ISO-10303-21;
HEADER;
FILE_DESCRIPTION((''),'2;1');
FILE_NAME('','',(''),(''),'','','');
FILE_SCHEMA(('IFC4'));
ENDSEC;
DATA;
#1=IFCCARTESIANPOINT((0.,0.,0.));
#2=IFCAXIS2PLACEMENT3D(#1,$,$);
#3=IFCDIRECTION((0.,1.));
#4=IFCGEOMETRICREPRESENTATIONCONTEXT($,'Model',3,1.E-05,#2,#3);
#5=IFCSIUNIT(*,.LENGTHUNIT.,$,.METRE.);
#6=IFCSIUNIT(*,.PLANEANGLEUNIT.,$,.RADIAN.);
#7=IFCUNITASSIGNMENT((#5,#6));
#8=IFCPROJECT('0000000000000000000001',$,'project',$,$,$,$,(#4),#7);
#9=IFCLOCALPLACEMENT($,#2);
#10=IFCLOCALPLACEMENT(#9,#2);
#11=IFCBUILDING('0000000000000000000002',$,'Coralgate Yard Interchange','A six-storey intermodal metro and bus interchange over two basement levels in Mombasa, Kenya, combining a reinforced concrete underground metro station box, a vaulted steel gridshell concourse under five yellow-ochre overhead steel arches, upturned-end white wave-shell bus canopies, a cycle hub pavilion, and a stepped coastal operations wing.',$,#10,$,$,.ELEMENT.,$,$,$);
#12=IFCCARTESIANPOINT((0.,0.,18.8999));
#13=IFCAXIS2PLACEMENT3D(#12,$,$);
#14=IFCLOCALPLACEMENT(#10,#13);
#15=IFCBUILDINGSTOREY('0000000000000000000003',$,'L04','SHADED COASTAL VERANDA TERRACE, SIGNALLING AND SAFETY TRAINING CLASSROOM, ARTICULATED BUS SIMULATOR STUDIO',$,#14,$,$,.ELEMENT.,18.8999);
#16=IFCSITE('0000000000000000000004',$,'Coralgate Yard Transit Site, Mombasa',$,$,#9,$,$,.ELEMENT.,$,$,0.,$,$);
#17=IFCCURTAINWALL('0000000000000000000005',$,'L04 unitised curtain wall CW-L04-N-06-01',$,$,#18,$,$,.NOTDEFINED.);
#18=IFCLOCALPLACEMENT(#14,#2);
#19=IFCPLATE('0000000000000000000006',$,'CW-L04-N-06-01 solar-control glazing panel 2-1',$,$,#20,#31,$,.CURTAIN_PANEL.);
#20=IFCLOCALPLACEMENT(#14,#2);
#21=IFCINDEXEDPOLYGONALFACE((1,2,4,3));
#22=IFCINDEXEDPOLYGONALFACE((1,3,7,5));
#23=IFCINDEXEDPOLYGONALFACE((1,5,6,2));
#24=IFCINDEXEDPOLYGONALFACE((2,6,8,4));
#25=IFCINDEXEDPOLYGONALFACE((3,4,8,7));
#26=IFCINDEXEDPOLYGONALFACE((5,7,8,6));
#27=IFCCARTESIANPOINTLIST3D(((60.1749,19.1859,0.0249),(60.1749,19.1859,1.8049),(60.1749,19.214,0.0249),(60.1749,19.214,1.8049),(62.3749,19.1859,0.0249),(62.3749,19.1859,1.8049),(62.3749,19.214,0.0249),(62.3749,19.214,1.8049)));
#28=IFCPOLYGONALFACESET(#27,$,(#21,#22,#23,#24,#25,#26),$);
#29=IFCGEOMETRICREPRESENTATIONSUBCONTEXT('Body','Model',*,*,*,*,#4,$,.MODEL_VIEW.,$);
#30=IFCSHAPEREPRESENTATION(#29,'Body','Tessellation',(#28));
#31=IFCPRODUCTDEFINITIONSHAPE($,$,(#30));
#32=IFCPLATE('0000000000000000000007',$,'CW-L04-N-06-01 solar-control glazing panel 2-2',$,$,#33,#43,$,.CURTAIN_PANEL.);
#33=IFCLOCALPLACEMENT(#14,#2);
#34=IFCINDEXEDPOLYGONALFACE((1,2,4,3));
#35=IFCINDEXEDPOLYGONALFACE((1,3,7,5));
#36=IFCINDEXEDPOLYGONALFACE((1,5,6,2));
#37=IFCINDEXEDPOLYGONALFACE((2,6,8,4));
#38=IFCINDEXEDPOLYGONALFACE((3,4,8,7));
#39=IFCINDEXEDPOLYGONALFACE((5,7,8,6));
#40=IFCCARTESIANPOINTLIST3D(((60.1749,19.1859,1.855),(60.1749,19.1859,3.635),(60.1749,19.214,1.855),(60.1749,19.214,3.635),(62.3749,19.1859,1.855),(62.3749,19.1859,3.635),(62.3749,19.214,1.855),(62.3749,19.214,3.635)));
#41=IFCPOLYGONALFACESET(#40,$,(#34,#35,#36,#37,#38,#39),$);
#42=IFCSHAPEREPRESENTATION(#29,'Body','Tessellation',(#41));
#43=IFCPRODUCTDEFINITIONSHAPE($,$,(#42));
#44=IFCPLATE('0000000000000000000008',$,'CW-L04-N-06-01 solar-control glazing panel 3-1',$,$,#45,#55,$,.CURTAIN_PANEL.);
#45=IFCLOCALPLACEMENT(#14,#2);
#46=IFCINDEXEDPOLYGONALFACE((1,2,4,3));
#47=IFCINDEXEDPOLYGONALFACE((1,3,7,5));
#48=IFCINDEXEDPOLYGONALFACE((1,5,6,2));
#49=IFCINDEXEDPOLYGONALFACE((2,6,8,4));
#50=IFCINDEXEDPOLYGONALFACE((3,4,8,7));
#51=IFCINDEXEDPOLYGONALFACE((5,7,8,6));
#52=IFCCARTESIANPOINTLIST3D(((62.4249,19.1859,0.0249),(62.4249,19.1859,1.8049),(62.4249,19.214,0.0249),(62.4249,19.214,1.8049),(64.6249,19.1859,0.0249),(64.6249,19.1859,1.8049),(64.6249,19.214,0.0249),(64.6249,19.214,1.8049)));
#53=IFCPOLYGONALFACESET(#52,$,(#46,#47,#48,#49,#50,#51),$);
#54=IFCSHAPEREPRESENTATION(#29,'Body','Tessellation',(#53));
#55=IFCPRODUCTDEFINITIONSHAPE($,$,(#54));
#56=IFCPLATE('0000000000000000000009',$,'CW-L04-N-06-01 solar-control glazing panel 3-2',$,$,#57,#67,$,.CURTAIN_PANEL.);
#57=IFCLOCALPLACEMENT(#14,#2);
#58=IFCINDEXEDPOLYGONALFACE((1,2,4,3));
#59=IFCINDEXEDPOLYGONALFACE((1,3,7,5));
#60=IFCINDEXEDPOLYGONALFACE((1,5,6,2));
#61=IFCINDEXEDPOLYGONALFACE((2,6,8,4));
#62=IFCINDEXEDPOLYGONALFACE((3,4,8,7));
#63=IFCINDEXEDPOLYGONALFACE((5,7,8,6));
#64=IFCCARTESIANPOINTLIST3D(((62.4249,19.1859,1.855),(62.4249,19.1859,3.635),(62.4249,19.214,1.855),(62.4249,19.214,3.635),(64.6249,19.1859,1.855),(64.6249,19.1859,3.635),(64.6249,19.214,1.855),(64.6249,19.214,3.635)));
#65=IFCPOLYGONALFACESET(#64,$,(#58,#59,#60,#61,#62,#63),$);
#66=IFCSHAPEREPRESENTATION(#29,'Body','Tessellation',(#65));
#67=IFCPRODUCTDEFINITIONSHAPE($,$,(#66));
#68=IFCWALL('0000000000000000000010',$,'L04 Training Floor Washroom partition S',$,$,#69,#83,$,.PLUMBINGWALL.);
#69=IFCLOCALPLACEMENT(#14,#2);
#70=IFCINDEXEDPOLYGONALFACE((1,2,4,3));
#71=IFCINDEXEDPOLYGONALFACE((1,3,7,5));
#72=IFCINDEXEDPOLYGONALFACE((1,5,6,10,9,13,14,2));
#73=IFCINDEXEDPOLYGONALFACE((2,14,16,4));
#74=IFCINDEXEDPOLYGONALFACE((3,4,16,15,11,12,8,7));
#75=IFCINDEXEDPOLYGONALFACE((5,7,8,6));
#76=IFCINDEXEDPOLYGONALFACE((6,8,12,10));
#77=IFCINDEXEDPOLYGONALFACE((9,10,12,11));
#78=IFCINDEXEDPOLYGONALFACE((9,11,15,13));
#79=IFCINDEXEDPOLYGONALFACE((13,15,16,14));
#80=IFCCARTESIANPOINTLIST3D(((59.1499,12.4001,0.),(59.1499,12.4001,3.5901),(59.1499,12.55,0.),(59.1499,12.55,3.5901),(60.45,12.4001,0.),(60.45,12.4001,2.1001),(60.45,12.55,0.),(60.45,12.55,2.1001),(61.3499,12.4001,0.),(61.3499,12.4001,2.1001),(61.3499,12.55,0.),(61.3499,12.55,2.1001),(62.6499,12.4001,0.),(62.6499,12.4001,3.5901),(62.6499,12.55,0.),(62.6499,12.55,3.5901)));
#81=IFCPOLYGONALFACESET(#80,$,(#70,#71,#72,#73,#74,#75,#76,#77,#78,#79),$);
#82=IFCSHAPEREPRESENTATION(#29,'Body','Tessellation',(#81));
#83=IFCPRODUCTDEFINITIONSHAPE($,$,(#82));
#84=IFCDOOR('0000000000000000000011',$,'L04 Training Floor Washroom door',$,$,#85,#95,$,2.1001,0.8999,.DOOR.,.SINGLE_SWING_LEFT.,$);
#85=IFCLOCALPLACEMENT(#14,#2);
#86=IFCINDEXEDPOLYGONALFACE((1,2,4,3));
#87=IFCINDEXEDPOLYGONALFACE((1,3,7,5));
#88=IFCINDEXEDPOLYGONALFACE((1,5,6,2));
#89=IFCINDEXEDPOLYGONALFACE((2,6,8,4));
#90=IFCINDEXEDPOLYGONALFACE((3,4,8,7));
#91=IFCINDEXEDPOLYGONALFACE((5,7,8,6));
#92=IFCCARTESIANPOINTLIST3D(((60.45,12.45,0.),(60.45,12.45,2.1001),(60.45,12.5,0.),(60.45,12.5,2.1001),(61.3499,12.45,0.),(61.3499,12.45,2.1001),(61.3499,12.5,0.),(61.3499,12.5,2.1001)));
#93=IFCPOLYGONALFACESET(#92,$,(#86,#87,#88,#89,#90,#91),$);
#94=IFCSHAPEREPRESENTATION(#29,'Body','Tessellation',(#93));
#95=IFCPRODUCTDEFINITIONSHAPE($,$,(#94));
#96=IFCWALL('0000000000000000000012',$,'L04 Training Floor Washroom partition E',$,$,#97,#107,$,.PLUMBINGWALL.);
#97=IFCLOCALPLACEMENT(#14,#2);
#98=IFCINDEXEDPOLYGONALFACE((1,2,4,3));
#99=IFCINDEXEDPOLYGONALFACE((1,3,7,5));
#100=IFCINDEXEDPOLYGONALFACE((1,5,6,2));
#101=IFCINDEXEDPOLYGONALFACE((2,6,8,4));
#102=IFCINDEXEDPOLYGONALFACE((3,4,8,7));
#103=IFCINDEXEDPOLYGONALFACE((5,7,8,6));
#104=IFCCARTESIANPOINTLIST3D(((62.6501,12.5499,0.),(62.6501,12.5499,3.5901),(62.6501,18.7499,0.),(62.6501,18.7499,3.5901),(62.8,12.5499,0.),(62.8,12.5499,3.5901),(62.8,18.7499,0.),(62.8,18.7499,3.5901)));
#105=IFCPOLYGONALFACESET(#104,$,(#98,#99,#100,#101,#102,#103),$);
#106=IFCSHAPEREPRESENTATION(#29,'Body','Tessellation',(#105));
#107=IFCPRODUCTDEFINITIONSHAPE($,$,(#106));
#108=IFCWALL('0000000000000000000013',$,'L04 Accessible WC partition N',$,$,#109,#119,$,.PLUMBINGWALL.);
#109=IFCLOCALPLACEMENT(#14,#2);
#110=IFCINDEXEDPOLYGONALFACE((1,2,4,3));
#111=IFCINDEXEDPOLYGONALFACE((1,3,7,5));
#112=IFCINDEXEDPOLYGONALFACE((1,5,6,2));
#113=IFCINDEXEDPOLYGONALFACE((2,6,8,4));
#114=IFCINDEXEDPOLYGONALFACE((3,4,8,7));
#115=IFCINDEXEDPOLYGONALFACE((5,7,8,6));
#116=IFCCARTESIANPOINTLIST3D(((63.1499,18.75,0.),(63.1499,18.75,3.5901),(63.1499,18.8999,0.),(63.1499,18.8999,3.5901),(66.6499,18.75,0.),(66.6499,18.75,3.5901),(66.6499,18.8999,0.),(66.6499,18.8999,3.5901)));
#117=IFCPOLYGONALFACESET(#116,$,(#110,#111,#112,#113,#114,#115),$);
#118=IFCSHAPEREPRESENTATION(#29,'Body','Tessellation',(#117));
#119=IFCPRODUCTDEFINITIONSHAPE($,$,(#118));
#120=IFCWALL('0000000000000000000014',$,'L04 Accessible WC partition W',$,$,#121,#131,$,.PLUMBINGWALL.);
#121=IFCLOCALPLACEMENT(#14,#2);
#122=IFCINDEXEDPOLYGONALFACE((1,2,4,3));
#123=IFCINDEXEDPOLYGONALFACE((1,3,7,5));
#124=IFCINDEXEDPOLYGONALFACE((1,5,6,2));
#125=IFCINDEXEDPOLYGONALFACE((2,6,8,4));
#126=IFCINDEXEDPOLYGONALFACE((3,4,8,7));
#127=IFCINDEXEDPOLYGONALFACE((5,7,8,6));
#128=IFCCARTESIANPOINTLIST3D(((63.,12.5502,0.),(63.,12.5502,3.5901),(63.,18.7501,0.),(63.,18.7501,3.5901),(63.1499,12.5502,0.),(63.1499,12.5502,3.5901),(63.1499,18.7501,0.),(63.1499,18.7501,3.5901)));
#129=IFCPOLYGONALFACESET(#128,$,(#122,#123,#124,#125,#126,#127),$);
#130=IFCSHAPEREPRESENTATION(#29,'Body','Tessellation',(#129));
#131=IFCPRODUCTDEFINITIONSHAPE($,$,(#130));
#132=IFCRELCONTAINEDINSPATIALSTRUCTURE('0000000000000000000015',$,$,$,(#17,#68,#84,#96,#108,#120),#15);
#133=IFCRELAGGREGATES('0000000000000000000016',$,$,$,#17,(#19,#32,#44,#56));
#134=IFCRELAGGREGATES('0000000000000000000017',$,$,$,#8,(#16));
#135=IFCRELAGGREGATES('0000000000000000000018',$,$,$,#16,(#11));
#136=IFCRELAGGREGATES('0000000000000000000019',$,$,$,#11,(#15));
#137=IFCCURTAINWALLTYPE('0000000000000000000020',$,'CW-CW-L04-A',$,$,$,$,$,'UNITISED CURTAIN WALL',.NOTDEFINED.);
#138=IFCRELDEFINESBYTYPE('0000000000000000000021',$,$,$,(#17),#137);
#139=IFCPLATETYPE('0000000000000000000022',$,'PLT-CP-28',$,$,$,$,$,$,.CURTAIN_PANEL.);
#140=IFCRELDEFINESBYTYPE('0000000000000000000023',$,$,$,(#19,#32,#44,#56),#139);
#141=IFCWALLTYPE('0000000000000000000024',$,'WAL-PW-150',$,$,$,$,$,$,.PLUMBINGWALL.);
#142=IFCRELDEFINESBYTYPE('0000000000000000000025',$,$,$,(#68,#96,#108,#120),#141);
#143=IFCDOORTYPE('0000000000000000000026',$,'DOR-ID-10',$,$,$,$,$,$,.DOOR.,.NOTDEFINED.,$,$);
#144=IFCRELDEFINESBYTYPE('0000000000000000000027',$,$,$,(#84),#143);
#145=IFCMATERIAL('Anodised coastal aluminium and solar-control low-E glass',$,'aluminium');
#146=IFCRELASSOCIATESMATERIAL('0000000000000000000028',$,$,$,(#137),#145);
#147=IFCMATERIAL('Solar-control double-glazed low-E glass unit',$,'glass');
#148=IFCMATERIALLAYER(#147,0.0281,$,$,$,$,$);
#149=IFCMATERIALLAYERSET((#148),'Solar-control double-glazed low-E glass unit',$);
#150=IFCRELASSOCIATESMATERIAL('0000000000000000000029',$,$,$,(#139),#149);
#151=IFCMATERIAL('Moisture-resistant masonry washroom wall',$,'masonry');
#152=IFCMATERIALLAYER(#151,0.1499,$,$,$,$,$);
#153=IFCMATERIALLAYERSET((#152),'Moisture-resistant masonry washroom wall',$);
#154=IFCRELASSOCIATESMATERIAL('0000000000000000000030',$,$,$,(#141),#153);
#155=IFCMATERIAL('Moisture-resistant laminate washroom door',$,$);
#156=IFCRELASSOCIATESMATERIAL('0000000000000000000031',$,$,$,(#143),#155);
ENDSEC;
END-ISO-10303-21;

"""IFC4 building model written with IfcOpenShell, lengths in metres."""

from ifc_helpers import new_model, si_unit, direction, frame, frame_2d, origin, origin_2d, place, context, subcontext, project, spatial, rectangle, extrude, material, layer, layer_set, type_object, element, fill, aggregate, save


model = new_model("IFC4")

# Units and contexts
model_context = context("Model", 3, precision=1e-05, world=origin(), true_north=direction((0.0, 1.0)))
body_context = subcontext(model_context, "Body", "Model", "MODEL_VIEW")
ifc_project = project(units=[si_unit("LENGTHUNIT", "METRE"), si_unit("PLANEANGLEUNIT", "RADIAN")], contexts=[model_context])

# Site, building, storey
site_placement = place(None, origin())
site = spatial("IfcSite", under=ifc_project, at=site_placement, Name="Coralgate Yard Transit Site, Mombasa", CompositionType="ELEMENT", RefElevation=0.0)
building_placement = place(site_placement, origin())
building = spatial("IfcBuilding", under=site, at=building_placement, Name="Coralgate Yard Interchange", Description="A six-storey intermodal metro and bus interchange over two basement levels in Mombasa, Kenya, combining a reinforced concrete underground metro station box, a vaulted steel gridshell concourse under five yellow-ochre overhead steel arches, upturned-end white wave-shell bus canopies, a cycle hub pavilion, and a stepped coastal operations wing.", CompositionType="ELEMENT")
storey_placement = place(building_placement, frame((0.0, 0.0, 18.8999)))
storey = spatial("IfcBuildingStorey", under=building, at=storey_placement, Name="L04", Description="SHADED COASTAL VERANDA TERRACE, SIGNALLING AND SAFETY TRAINING CLASSROOM, ARTICULATED BUS SIMULATOR STUDIO", CompositionType="ELEMENT", Elevation=18.8999)

# Curtain wall
ifc_material_1 = material(Name="Anodised coastal aluminium and solar-control low-E glass", Category="aluminium")
curtain_wall_type = type_object("IfcCurtainWallType", Name="CW-CW-L04-A", ElementType="UNITISED CURTAIN WALL", PredefinedType="NOTDEFINED", material=ifc_material_1)
curtain_wall_1_placement = place(storey_placement, origin())
curtain_wall_1 = element("IfcCurtainWall", 1, at=curtain_wall_1_placement, inside=storey, type_object=curtain_wall_type, Name="L04 unitised curtain wall CW-L04-N-06-01", PredefinedType="NOTDEFINED")

# Plates
ifc_material_2 = material(Name="Solar-control double-glazed low-E glass unit", Category="glass")
ifc_layer_1 = layer(ifc_material_2, 0.0281)
ifc_layer_set_1 = layer_set([ifc_layer_1], Name="Solar-control double-glazed low-E glass unit")
plate_type = type_object("IfcPlateType", Name="PLT-CP-28", PredefinedType="CURTAIN_PANEL", material=ifc_layer_set_1)
plate_1_placement = place(storey_placement, frame((61.2749, 19.2, 0.0249), z_axis=(0.0, 0.0, 1.0), x_axis=(1.0, 0.0, 0.0)))
plate_1 = element("IfcPlate", 2, at=plate_1_placement, type_object=plate_type, Name="CW-L04-N-06-01 solar-control glazing panel 2-1", PredefinedType="CURTAIN_PANEL", context=body_context, shape_type="SweptSolid", body=[
    extrude(rectangle(XDim=2.2, YDim=0.0281, at=origin_2d()), origin(), (0.0, 0.0, 1.0), 1.78),
])
plate_2_placement = place(storey_placement, frame((61.2749, 19.2, 1.855), z_axis=(0.0, 0.0, 1.0), x_axis=(1.0, 0.0, 0.0)))
plate_2 = element("IfcPlate", 3, at=plate_2_placement, type_object=plate_type, Name="CW-L04-N-06-01 solar-control glazing panel 2-2", PredefinedType="CURTAIN_PANEL", context=body_context, shape_type="SweptSolid", body=[
    extrude(rectangle(XDim=2.2, YDim=0.0281, at=origin_2d()), origin(), (0.0, 0.0, 1.0), 1.78),
])
plate_3_placement = place(storey_placement, frame((63.5249, 19.2, 0.0249), z_axis=(0.0, 0.0, 1.0), x_axis=(1.0, 0.0, 0.0)))
plate_3 = element("IfcPlate", 4, at=plate_3_placement, type_object=plate_type, Name="CW-L04-N-06-01 solar-control glazing panel 3-1", PredefinedType="CURTAIN_PANEL", context=body_context, shape_type="SweptSolid", body=[
    extrude(rectangle(XDim=2.2, YDim=0.0281, at=origin_2d()), origin(), (0.0, 0.0, 1.0), 1.78),
])
plate_4_placement = place(storey_placement, frame((63.5249, 19.2, 1.855), z_axis=(0.0, 0.0, 1.0), x_axis=(1.0, 0.0, 0.0)))
plate_4 = element("IfcPlate", 5, at=plate_4_placement, type_object=plate_type, Name="CW-L04-N-06-01 solar-control glazing panel 3-2", PredefinedType="CURTAIN_PANEL", context=body_context, shape_type="SweptSolid", body=[
    extrude(rectangle(XDim=2.2, YDim=0.0281, at=origin_2d()), origin(), (0.0, 0.0, 1.0), 1.78),
])
aggregate(curtain_wall_1, [plate_1, plate_2, plate_3, plate_4])

# Wall, opening, door
ifc_material_3 = material(Name="Moisture-resistant masonry washroom wall", Category="masonry")
ifc_layer_2 = layer(ifc_material_3, 0.1499)
ifc_layer_set_2 = layer_set([ifc_layer_2], Name="Moisture-resistant masonry washroom wall")
wall_type = type_object("IfcWallType", Name="WAL-PW-150", PredefinedType="PLUMBINGWALL", material=ifc_layer_set_2)
wall_1_placement = place(storey_placement, frame((62.6499, 12.4751, 0.0), z_axis=(0.0, 0.0, 1.0), x_axis=(-1.0, 0.0, 0.0)))
wall_1 = element("IfcWall", 6, at=wall_1_placement, inside=storey, type_object=wall_type, Name="L04 Training Floor Washroom partition S", PredefinedType="PLUMBINGWALL", context=body_context, shape_type="SweptSolid", body=[
    extrude(rectangle(XDim=3.5, YDim=0.1499, at=frame_2d((1.75, 0.0))), origin(), (0.0, 0.0, 1.0), 3.5901),
])
opening_placement = place(wall_1_placement, frame((1.3, 0.0, 0.0)))
opening = element("IfcOpeningElement", 7, at=opening_placement, cuts=wall_1, PredefinedType="OPENING", context=body_context, shape_type="SweptSolid", body=[
    extrude(rectangle(XDim=0.8999, YDim=2.1001, at=frame_2d((0.45, 1.05))), frame((0.0, 0.085, 0.0), z_axis=(0.0, -1.0, 0.0), x_axis=(1.0, 0.0, 0.0)), (0.0, 0.0, 1.0), 0.1699),
])
ifc_material_4 = material(Name="Moisture-resistant laminate washroom door")
door_type = type_object("IfcDoorType", Name="DOR-ID-10", OperationType="NOTDEFINED", PredefinedType="DOOR", material=ifc_material_4)
door_placement = place(opening_placement, frame((0.8999, 0.0, 0.0), z_axis=(0.0, 0.0, 1.0), x_axis=(-1.0, 0.0, 0.0)))
door = element("IfcDoor", 8, at=door_placement, inside=storey, type_object=door_type, Name="L04 Training Floor Washroom door", OperationType="SINGLE_SWING_LEFT", OverallHeight=2.1001, OverallWidth=0.8999, PredefinedType="DOOR", context=body_context, shape_type="SweptSolid", body=[
    extrude(rectangle(XDim=0.8999, YDim=2.1001, at=frame_2d((0.45, 1.05))), frame((0.0, 0.0249, 0.0), z_axis=(0.0, -1.0, 0.0), x_axis=(1.0, 0.0, 0.0)), (0.0, 0.0, 1.0), 0.05),
])
fill(opening, door)

# Walls
wall_2_placement = place(storey_placement, frame((62.7251, 18.75, 0.0), z_axis=(0.0, 0.0, 1.0), x_axis=(0.0, -1.0, 0.0)))
element("IfcWall", 9, at=wall_2_placement, inside=storey, type_object=wall_type, Name="L04 Training Floor Washroom partition E", PredefinedType="PLUMBINGWALL", context=body_context, shape_type="SweptSolid", body=[
    extrude(rectangle(XDim=6.2, YDim=0.1499, at=frame_2d((3.1001, 0.0))), origin(), (0.0, 0.0, 1.0), 3.5901),
])
wall_3_placement = place(storey_placement, frame((63.1499, 18.825, 0.0), z_axis=(0.0, 0.0, 1.0), x_axis=(1.0, 0.0, 0.0)))
element("IfcWall", 10, at=wall_3_placement, inside=storey, type_object=wall_type, Name="L04 Accessible WC partition N", PredefinedType="PLUMBINGWALL", context=body_context, shape_type="SweptSolid", body=[
    extrude(rectangle(XDim=3.5, YDim=0.1499, at=frame_2d((1.75, 0.0))), origin(), (0.0, 0.0, 1.0), 3.5901),
])
wall_4_placement = place(storey_placement, frame((63.075, 12.55, 0.0), z_axis=(0.0, 0.0, 1.0), x_axis=(0.0, 1.0, 0.0)))
element("IfcWall", 11, at=wall_4_placement, inside=storey, type_object=wall_type, Name="L04 Accessible WC partition W", PredefinedType="PLUMBINGWALL", context=body_context, shape_type="SweptSolid", body=[
    extrude(rectangle(XDim=6.2, YDim=0.1499, at=frame_2d((3.1001, 0.0))), origin(), (0.0, 0.0, 1.0), 3.5901),
])

save(model, "model.ifc")
